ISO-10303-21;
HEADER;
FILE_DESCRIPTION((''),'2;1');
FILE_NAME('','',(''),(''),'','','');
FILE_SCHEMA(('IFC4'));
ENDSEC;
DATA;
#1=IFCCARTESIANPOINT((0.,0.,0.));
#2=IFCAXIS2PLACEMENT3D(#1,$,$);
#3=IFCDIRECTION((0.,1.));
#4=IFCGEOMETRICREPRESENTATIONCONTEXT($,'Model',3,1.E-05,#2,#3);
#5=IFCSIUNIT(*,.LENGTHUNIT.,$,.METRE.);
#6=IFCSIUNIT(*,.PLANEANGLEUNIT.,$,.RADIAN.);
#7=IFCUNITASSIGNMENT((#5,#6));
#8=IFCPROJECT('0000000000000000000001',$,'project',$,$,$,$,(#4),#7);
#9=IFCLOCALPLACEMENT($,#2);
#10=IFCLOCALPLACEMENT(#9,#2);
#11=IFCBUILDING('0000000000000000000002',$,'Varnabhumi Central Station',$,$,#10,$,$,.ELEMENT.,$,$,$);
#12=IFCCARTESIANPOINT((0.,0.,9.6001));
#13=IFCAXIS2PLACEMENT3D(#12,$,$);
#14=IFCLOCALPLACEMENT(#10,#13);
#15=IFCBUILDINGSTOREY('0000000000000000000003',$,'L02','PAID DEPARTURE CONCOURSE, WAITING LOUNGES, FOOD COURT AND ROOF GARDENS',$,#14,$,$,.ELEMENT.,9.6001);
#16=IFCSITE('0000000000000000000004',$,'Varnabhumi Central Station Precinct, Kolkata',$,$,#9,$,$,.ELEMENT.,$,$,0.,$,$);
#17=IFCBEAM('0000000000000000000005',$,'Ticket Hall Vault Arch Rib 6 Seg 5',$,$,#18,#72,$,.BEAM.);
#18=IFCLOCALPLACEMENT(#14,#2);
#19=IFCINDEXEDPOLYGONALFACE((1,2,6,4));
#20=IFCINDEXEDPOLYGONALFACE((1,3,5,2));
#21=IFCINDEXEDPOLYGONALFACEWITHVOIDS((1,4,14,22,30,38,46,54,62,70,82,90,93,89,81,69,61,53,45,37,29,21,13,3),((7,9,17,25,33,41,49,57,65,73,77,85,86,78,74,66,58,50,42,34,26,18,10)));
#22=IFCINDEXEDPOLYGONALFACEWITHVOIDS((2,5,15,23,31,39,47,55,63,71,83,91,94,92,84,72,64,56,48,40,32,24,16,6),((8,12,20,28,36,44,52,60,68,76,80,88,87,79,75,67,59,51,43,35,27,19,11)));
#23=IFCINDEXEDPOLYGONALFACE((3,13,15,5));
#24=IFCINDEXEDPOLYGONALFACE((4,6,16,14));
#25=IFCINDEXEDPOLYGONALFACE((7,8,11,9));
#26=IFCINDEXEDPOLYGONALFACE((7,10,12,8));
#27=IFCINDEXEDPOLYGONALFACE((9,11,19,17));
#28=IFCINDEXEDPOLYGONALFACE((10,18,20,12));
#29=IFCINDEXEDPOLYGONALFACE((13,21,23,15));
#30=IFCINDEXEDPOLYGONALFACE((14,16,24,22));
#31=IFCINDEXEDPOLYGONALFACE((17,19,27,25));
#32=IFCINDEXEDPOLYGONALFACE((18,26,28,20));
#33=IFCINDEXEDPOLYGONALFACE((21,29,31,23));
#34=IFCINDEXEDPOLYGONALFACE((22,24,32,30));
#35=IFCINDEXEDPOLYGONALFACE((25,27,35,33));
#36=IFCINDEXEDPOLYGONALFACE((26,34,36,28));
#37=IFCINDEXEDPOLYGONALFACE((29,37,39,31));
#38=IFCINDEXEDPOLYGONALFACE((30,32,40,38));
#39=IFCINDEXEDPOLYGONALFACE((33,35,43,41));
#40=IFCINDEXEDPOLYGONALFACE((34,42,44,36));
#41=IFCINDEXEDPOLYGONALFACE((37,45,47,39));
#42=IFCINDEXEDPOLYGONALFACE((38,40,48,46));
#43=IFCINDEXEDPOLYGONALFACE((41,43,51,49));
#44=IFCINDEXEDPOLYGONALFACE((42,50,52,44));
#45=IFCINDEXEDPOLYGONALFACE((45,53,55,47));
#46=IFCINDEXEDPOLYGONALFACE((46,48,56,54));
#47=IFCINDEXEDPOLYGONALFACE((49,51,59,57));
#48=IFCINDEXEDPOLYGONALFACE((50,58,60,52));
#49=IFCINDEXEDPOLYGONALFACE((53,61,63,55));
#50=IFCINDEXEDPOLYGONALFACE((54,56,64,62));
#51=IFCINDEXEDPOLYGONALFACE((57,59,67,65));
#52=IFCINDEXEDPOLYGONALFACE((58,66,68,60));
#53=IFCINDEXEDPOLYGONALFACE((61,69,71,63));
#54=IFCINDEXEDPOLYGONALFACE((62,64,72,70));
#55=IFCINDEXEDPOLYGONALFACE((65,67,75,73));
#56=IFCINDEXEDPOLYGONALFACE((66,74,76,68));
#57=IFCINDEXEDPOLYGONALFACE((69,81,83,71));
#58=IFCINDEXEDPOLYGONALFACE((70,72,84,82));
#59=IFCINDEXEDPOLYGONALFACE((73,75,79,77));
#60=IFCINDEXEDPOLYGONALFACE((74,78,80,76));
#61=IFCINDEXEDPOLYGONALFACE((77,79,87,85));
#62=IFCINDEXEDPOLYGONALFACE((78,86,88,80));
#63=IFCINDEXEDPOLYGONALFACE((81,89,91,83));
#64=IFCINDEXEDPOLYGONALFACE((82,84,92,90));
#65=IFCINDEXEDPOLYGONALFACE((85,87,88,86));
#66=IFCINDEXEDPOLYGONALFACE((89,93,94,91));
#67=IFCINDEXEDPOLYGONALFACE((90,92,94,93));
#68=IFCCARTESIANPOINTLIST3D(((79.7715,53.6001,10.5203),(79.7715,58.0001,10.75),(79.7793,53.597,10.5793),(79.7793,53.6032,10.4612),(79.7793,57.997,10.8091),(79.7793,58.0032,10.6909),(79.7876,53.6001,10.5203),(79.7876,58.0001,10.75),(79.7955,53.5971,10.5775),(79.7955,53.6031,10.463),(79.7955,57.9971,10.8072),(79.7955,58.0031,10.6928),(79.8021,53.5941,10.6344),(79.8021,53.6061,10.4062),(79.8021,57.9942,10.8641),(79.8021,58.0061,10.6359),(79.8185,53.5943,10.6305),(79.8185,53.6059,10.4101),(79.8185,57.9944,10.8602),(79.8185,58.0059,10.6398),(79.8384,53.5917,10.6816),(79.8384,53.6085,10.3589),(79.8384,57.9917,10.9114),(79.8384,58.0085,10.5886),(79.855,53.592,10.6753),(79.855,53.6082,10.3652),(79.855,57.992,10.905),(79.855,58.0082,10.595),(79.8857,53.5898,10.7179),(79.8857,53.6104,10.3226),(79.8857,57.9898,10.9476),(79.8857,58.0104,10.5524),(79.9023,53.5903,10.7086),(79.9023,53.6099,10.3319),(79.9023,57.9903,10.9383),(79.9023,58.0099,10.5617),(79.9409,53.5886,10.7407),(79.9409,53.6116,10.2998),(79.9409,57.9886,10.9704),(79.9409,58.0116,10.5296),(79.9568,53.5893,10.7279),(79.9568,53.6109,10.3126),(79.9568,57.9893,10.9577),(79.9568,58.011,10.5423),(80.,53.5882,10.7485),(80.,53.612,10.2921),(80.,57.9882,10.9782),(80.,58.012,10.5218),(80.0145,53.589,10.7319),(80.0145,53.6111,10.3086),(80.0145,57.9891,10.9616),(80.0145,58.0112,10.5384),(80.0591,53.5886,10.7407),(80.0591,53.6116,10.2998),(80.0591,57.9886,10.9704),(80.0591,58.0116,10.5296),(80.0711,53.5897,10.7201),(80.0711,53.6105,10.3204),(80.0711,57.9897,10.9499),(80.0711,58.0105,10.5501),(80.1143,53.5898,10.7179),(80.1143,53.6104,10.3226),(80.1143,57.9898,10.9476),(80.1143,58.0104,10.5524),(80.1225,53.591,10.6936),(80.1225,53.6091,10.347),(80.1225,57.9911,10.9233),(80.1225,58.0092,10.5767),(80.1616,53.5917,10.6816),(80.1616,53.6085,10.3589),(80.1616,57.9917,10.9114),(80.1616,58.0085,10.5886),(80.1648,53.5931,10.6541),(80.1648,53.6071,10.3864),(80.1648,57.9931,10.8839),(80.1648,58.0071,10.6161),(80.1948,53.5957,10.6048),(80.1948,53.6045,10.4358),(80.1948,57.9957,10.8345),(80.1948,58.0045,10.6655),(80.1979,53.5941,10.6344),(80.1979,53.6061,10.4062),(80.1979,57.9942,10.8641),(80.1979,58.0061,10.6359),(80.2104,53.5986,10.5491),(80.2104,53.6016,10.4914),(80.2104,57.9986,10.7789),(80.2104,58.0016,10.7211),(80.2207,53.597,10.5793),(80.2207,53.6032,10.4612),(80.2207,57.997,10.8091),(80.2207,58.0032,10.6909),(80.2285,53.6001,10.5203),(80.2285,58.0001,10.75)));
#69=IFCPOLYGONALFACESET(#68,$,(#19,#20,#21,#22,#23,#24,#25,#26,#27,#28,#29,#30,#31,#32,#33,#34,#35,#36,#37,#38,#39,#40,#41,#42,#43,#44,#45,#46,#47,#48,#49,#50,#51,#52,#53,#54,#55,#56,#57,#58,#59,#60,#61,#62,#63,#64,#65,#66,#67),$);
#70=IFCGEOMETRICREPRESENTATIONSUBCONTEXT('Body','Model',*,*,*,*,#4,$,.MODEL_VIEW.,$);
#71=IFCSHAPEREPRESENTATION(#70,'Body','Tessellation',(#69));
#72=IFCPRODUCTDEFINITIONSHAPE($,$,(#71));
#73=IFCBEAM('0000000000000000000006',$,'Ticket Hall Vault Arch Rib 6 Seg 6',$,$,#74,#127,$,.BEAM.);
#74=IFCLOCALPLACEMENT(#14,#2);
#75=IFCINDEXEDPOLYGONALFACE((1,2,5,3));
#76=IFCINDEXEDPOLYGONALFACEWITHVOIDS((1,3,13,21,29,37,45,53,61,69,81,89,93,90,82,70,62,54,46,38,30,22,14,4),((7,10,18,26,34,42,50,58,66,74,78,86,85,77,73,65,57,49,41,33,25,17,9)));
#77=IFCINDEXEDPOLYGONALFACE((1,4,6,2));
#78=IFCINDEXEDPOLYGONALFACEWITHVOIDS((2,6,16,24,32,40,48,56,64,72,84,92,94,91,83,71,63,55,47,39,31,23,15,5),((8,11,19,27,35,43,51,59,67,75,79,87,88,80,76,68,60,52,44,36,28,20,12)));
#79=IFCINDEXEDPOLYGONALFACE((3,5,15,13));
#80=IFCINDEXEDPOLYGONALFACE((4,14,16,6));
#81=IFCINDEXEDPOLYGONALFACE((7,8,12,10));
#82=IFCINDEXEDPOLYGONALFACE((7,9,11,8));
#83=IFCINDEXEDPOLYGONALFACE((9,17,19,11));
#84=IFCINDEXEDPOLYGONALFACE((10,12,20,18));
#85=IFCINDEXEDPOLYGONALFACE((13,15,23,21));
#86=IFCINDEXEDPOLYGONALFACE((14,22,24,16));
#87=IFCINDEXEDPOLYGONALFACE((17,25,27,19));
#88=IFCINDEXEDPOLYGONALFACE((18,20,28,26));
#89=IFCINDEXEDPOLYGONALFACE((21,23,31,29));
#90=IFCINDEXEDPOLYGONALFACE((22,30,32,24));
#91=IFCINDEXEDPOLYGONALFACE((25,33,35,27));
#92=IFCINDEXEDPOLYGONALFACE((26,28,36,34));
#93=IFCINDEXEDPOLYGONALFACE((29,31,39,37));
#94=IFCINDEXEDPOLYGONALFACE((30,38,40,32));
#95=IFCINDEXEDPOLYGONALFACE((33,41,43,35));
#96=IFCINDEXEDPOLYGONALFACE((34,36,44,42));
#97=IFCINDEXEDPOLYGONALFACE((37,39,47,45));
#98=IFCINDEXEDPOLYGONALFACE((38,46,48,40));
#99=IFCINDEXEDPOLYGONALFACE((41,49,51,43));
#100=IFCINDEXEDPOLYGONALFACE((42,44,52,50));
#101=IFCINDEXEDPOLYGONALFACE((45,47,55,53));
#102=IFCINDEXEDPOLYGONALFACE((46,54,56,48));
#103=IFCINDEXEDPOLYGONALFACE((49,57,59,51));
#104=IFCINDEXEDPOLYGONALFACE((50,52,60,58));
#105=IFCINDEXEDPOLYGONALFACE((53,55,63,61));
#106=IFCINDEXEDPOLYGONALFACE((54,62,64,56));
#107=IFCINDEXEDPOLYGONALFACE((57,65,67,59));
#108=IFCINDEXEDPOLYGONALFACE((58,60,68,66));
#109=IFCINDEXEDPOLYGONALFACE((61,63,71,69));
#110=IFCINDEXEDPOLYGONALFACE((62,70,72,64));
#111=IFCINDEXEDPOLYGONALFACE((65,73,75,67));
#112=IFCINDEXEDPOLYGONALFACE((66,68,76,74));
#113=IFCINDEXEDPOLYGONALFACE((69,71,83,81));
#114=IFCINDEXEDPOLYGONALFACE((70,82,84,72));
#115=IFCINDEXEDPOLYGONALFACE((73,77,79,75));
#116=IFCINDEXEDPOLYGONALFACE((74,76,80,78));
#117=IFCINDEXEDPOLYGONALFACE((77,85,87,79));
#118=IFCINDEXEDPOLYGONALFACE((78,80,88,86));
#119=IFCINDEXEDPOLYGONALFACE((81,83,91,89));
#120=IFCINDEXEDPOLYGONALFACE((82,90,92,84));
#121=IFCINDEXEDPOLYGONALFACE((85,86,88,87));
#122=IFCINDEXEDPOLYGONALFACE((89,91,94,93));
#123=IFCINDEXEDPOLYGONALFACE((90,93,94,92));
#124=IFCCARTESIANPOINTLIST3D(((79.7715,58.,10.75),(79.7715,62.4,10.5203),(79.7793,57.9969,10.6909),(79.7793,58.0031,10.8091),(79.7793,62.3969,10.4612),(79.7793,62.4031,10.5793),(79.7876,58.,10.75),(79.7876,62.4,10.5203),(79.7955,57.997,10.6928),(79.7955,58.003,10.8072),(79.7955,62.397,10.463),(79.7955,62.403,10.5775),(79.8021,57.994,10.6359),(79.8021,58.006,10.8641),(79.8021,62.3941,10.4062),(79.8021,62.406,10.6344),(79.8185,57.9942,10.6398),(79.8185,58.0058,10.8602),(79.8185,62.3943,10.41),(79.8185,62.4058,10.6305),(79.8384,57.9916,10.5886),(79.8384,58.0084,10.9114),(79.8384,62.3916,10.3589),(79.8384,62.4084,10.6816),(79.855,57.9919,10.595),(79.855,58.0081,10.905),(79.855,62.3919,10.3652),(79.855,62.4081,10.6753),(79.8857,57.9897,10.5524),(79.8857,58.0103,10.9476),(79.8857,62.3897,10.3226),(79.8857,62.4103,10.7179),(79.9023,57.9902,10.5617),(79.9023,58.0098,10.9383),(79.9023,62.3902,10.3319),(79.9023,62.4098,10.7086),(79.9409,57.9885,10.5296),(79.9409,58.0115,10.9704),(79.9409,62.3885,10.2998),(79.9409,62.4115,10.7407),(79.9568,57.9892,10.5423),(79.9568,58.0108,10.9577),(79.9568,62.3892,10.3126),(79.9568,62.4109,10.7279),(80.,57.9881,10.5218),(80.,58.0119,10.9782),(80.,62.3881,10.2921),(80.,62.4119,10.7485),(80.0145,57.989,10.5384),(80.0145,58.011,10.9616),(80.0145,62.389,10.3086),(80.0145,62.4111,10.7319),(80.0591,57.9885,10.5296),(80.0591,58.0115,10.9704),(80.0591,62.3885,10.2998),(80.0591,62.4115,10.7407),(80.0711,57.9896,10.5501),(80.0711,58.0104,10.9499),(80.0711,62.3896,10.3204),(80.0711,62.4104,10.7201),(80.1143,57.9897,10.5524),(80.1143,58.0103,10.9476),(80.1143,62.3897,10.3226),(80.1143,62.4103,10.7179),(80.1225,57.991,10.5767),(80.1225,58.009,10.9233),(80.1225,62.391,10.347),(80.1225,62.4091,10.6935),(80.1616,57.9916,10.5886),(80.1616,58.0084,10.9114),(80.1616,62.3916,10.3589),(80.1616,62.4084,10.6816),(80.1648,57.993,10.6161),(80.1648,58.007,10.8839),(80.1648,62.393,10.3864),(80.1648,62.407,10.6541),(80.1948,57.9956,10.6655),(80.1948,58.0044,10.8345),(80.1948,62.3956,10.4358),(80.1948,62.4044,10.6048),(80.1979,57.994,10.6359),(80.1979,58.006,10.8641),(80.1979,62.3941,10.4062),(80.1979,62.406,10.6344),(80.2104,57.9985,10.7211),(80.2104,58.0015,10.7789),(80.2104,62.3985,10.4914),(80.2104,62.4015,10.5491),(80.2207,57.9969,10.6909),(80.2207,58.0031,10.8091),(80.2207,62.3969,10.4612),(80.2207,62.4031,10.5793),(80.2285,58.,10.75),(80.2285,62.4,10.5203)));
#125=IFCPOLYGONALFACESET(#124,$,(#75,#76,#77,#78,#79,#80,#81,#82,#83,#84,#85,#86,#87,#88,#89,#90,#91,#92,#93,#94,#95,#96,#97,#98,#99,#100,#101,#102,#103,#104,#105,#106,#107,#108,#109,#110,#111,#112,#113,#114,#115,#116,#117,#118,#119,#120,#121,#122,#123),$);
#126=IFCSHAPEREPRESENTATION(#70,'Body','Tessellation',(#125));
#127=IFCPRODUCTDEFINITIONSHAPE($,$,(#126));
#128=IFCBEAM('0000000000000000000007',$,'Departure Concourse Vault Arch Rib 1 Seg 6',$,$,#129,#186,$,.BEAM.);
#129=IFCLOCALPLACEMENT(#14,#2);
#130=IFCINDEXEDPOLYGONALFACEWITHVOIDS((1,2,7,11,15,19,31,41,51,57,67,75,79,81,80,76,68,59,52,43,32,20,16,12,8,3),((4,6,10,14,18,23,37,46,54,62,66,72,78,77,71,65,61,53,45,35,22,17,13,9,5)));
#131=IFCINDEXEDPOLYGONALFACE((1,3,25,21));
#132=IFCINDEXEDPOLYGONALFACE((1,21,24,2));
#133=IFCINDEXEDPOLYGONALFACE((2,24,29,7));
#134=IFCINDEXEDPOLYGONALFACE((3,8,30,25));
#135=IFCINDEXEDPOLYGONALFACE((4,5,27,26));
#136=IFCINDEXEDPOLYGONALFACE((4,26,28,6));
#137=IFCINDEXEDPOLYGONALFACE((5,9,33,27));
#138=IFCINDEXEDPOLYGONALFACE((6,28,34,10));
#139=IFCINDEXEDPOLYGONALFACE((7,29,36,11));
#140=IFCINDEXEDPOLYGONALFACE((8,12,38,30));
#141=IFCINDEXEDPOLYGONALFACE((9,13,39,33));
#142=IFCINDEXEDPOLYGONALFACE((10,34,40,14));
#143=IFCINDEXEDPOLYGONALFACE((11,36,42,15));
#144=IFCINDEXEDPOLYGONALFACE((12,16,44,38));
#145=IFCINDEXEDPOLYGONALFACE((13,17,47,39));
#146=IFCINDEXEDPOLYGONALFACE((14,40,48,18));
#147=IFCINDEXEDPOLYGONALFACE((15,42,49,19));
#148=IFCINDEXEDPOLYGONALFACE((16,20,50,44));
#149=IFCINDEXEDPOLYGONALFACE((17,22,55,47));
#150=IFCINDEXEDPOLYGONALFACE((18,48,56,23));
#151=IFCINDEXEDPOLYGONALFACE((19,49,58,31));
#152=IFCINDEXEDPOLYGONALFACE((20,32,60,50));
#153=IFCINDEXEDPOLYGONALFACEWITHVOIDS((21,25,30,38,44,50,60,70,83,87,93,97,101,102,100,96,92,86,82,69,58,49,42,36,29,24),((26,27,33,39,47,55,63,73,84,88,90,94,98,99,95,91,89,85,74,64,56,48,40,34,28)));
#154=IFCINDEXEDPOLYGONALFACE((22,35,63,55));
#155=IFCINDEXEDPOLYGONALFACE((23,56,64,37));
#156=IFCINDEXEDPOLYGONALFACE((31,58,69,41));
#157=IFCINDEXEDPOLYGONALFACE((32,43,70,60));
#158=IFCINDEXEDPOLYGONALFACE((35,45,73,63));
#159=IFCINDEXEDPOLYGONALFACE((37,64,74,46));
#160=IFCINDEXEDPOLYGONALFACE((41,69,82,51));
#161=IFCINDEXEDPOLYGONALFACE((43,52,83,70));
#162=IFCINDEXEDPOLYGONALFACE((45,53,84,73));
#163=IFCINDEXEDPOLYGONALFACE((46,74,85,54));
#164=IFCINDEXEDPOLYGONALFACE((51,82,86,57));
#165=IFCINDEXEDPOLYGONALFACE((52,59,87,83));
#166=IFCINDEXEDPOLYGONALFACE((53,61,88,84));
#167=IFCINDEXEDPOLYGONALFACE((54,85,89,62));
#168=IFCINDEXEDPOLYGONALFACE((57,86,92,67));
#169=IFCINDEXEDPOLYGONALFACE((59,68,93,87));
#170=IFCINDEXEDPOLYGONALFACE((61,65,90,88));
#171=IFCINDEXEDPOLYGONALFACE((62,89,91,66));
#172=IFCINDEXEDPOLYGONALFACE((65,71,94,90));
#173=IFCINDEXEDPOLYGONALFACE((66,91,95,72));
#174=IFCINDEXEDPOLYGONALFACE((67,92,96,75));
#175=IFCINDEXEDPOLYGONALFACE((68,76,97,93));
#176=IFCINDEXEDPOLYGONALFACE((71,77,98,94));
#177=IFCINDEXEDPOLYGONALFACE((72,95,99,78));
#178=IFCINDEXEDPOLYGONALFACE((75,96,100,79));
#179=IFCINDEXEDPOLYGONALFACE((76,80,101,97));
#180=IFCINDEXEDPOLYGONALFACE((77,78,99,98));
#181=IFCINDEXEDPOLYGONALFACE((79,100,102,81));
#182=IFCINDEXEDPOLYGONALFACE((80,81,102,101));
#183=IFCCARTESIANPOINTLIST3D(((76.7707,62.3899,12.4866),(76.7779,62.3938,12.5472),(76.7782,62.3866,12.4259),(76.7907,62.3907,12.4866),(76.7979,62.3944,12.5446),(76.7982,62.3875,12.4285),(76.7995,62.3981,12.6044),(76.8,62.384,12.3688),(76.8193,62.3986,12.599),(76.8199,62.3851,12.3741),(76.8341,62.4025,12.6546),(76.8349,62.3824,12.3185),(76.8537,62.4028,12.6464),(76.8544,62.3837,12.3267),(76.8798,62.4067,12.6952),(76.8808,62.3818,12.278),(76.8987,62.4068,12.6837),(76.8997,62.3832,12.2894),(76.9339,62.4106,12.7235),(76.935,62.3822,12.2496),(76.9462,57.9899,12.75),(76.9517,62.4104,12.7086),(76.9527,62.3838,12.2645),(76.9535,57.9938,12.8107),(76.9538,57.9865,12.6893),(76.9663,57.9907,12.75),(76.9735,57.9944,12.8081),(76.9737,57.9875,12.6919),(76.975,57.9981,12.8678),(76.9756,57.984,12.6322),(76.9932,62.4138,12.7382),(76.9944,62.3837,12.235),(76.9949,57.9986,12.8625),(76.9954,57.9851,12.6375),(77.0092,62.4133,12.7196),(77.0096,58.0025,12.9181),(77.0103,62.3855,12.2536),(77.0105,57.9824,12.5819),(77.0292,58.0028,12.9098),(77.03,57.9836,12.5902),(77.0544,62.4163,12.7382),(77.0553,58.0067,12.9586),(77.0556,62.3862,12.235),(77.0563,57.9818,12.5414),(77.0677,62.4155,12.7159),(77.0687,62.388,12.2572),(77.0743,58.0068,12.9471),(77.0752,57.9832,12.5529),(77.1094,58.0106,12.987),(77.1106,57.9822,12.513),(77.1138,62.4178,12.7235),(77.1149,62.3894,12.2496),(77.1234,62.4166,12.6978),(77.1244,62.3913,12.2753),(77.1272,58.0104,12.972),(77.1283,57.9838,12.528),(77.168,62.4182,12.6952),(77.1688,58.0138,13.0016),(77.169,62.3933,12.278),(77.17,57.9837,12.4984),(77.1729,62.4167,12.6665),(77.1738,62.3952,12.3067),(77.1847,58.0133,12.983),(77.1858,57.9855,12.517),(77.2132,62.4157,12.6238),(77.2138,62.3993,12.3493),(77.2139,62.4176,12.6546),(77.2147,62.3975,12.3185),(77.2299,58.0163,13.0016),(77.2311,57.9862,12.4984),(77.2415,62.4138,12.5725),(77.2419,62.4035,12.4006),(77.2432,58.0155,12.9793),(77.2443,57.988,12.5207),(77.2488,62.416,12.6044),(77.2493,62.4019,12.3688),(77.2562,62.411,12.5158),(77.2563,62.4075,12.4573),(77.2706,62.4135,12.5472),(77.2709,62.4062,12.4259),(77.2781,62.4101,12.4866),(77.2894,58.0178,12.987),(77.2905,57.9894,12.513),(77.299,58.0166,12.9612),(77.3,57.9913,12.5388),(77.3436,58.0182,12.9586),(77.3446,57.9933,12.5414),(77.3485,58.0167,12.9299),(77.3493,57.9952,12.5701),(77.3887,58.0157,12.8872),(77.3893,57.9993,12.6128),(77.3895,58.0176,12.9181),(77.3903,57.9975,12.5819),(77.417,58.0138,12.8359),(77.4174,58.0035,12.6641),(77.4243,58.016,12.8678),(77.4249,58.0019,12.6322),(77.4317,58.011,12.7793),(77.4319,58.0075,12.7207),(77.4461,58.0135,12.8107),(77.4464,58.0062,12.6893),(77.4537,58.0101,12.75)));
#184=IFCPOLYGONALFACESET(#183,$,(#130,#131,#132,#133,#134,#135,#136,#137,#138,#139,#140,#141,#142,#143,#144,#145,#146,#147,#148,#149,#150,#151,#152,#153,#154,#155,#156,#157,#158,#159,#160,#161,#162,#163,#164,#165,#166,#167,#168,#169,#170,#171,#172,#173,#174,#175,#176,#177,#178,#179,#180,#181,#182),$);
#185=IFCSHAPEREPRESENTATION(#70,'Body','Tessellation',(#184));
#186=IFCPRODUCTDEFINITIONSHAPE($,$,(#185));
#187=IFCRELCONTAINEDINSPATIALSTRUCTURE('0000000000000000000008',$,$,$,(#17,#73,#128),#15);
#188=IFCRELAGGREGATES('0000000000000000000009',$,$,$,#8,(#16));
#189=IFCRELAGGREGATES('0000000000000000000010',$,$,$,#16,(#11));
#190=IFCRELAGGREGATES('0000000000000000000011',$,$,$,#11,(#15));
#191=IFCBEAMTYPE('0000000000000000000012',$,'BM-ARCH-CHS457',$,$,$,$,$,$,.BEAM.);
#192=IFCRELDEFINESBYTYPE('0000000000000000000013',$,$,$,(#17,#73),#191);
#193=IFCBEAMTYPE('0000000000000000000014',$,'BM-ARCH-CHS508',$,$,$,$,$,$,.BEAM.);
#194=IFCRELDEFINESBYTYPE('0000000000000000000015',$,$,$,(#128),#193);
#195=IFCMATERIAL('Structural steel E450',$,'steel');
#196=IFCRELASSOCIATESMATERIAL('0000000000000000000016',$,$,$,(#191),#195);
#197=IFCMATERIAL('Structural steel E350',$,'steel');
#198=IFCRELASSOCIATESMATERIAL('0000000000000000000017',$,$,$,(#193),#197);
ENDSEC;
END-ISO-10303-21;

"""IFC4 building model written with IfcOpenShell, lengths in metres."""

from ifc_helpers import new_model, si_unit, direction, frame, origin, origin_2d, place, context, subcontext, project, spatial, hollow_circle, extrude, material, material_profile, profile_set, type_object, element, save


model = new_model("IFC4")

# Units and contexts
model_context = context("Model", 3, precision=1e-05, world=origin(), true_north=direction((0.0, 1.0)))
body_context = subcontext(model_context, "Body", "Model", "MODEL_VIEW")
ifc_project = project(units=[si_unit("LENGTHUNIT", "METRE"), si_unit("PLANEANGLEUNIT", "RADIAN")], contexts=[model_context])

# Site, building, storey
site_placement = place(None, origin())
site = spatial("IfcSite", under=ifc_project, at=site_placement, Name="Varnabhumi Central Station Precinct, Kolkata", CompositionType="ELEMENT", RefElevation=0.0)
building_placement = place(site_placement, origin())
building = spatial("IfcBuilding", under=site, at=building_placement, Name="Varnabhumi Central Station", CompositionType="ELEMENT")
storey_placement = place(building_placement, frame((0.0, 0.0, 9.6001)))
storey = spatial("IfcBuildingStorey", under=building, at=storey_placement, Name="L02", Description="PAID DEPARTURE CONCOURSE, WAITING LOUNGES, FOOD COURT AND ROOF GARDENS", CompositionType="ELEMENT", Elevation=9.6001)

# Beams
ifc_material_1 = material(Name="Structural steel E450", Category="steel")
ifc_material_profile_1 = material_profile(ifc_material_1, hollow_circle(Radius=0.2285, WallThickness=0.0161, at=origin_2d()), Name="Structural steel E450", Category="steel")
ifc_profile_set_1 = profile_set([ifc_material_profile_1], Name="Structural steel E450")
beam_type_1 = type_object("IfcBeamType", Name="BM-ARCH-CHS457", PredefinedType="BEAM", material=ifc_profile_set_1)
for number, where, z_axis, x_axis, name in (
    (1, (80.0, 53.6001, 10.5203), (0.0, 0.99864, 0.052143), (-1.0, 0.0, 0.0), "Ticket Hall Vault Arch Rib 6 Seg 5"),
    (2, (80.0, 58.0, 10.75), (0.0, 0.99864, -0.052143), (-1.0, 0.0, 0.0), "Ticket Hall Vault Arch Rib 6 Seg 6"),
):
    element("IfcBeam", number, at=place(storey_placement, frame(where, z_axis=z_axis, x_axis=x_axis)), inside=storey, type_object=beam_type_1, Name=name, PredefinedType="BEAM", context=body_context, shape_type="SweptSolid", body=[
        extrude(hollow_circle(Radius=0.2285, WallThickness=0.0161, at=origin_2d()), origin(), (0.0, 0.0, 1.0), 4.406),
    ])
ifc_material_2 = material(Name="Structural steel E350", Category="steel")
ifc_material_profile_2 = material_profile(ifc_material_2, hollow_circle(Radius=0.2539, WallThickness=0.02, at=origin_2d()), Name="Structural steel E350", Category="steel")
ifc_profile_set_2 = profile_set([ifc_material_profile_2], Name="Structural steel E350")
beam_type_2 = type_object("IfcBeamType", Name="BM-ARCH-CHS508", PredefinedType="BEAM", material=ifc_profile_set_2)
beam_1_placement = place(storey_placement, frame((77.2, 58.0, 12.75), z_axis=(-0.039793, 0.997422, -0.059717), x_axis=(-0.999205, -0.039864, 0.0)))
element("IfcBeam", 3, at=beam_1_placement, inside=storey, type_object=beam_type_2, Name="Departure Concourse Vault Arch Rib 1 Seg 6", PredefinedType="BEAM", context=body_context, shape_type="SweptSolid", body=[
    extrude(hollow_circle(Radius=0.2539, WallThickness=0.02, at=origin_2d()), origin(), (0.0, 0.0, 1.0), 4.4114),
])

save(model, "model.ifc")
